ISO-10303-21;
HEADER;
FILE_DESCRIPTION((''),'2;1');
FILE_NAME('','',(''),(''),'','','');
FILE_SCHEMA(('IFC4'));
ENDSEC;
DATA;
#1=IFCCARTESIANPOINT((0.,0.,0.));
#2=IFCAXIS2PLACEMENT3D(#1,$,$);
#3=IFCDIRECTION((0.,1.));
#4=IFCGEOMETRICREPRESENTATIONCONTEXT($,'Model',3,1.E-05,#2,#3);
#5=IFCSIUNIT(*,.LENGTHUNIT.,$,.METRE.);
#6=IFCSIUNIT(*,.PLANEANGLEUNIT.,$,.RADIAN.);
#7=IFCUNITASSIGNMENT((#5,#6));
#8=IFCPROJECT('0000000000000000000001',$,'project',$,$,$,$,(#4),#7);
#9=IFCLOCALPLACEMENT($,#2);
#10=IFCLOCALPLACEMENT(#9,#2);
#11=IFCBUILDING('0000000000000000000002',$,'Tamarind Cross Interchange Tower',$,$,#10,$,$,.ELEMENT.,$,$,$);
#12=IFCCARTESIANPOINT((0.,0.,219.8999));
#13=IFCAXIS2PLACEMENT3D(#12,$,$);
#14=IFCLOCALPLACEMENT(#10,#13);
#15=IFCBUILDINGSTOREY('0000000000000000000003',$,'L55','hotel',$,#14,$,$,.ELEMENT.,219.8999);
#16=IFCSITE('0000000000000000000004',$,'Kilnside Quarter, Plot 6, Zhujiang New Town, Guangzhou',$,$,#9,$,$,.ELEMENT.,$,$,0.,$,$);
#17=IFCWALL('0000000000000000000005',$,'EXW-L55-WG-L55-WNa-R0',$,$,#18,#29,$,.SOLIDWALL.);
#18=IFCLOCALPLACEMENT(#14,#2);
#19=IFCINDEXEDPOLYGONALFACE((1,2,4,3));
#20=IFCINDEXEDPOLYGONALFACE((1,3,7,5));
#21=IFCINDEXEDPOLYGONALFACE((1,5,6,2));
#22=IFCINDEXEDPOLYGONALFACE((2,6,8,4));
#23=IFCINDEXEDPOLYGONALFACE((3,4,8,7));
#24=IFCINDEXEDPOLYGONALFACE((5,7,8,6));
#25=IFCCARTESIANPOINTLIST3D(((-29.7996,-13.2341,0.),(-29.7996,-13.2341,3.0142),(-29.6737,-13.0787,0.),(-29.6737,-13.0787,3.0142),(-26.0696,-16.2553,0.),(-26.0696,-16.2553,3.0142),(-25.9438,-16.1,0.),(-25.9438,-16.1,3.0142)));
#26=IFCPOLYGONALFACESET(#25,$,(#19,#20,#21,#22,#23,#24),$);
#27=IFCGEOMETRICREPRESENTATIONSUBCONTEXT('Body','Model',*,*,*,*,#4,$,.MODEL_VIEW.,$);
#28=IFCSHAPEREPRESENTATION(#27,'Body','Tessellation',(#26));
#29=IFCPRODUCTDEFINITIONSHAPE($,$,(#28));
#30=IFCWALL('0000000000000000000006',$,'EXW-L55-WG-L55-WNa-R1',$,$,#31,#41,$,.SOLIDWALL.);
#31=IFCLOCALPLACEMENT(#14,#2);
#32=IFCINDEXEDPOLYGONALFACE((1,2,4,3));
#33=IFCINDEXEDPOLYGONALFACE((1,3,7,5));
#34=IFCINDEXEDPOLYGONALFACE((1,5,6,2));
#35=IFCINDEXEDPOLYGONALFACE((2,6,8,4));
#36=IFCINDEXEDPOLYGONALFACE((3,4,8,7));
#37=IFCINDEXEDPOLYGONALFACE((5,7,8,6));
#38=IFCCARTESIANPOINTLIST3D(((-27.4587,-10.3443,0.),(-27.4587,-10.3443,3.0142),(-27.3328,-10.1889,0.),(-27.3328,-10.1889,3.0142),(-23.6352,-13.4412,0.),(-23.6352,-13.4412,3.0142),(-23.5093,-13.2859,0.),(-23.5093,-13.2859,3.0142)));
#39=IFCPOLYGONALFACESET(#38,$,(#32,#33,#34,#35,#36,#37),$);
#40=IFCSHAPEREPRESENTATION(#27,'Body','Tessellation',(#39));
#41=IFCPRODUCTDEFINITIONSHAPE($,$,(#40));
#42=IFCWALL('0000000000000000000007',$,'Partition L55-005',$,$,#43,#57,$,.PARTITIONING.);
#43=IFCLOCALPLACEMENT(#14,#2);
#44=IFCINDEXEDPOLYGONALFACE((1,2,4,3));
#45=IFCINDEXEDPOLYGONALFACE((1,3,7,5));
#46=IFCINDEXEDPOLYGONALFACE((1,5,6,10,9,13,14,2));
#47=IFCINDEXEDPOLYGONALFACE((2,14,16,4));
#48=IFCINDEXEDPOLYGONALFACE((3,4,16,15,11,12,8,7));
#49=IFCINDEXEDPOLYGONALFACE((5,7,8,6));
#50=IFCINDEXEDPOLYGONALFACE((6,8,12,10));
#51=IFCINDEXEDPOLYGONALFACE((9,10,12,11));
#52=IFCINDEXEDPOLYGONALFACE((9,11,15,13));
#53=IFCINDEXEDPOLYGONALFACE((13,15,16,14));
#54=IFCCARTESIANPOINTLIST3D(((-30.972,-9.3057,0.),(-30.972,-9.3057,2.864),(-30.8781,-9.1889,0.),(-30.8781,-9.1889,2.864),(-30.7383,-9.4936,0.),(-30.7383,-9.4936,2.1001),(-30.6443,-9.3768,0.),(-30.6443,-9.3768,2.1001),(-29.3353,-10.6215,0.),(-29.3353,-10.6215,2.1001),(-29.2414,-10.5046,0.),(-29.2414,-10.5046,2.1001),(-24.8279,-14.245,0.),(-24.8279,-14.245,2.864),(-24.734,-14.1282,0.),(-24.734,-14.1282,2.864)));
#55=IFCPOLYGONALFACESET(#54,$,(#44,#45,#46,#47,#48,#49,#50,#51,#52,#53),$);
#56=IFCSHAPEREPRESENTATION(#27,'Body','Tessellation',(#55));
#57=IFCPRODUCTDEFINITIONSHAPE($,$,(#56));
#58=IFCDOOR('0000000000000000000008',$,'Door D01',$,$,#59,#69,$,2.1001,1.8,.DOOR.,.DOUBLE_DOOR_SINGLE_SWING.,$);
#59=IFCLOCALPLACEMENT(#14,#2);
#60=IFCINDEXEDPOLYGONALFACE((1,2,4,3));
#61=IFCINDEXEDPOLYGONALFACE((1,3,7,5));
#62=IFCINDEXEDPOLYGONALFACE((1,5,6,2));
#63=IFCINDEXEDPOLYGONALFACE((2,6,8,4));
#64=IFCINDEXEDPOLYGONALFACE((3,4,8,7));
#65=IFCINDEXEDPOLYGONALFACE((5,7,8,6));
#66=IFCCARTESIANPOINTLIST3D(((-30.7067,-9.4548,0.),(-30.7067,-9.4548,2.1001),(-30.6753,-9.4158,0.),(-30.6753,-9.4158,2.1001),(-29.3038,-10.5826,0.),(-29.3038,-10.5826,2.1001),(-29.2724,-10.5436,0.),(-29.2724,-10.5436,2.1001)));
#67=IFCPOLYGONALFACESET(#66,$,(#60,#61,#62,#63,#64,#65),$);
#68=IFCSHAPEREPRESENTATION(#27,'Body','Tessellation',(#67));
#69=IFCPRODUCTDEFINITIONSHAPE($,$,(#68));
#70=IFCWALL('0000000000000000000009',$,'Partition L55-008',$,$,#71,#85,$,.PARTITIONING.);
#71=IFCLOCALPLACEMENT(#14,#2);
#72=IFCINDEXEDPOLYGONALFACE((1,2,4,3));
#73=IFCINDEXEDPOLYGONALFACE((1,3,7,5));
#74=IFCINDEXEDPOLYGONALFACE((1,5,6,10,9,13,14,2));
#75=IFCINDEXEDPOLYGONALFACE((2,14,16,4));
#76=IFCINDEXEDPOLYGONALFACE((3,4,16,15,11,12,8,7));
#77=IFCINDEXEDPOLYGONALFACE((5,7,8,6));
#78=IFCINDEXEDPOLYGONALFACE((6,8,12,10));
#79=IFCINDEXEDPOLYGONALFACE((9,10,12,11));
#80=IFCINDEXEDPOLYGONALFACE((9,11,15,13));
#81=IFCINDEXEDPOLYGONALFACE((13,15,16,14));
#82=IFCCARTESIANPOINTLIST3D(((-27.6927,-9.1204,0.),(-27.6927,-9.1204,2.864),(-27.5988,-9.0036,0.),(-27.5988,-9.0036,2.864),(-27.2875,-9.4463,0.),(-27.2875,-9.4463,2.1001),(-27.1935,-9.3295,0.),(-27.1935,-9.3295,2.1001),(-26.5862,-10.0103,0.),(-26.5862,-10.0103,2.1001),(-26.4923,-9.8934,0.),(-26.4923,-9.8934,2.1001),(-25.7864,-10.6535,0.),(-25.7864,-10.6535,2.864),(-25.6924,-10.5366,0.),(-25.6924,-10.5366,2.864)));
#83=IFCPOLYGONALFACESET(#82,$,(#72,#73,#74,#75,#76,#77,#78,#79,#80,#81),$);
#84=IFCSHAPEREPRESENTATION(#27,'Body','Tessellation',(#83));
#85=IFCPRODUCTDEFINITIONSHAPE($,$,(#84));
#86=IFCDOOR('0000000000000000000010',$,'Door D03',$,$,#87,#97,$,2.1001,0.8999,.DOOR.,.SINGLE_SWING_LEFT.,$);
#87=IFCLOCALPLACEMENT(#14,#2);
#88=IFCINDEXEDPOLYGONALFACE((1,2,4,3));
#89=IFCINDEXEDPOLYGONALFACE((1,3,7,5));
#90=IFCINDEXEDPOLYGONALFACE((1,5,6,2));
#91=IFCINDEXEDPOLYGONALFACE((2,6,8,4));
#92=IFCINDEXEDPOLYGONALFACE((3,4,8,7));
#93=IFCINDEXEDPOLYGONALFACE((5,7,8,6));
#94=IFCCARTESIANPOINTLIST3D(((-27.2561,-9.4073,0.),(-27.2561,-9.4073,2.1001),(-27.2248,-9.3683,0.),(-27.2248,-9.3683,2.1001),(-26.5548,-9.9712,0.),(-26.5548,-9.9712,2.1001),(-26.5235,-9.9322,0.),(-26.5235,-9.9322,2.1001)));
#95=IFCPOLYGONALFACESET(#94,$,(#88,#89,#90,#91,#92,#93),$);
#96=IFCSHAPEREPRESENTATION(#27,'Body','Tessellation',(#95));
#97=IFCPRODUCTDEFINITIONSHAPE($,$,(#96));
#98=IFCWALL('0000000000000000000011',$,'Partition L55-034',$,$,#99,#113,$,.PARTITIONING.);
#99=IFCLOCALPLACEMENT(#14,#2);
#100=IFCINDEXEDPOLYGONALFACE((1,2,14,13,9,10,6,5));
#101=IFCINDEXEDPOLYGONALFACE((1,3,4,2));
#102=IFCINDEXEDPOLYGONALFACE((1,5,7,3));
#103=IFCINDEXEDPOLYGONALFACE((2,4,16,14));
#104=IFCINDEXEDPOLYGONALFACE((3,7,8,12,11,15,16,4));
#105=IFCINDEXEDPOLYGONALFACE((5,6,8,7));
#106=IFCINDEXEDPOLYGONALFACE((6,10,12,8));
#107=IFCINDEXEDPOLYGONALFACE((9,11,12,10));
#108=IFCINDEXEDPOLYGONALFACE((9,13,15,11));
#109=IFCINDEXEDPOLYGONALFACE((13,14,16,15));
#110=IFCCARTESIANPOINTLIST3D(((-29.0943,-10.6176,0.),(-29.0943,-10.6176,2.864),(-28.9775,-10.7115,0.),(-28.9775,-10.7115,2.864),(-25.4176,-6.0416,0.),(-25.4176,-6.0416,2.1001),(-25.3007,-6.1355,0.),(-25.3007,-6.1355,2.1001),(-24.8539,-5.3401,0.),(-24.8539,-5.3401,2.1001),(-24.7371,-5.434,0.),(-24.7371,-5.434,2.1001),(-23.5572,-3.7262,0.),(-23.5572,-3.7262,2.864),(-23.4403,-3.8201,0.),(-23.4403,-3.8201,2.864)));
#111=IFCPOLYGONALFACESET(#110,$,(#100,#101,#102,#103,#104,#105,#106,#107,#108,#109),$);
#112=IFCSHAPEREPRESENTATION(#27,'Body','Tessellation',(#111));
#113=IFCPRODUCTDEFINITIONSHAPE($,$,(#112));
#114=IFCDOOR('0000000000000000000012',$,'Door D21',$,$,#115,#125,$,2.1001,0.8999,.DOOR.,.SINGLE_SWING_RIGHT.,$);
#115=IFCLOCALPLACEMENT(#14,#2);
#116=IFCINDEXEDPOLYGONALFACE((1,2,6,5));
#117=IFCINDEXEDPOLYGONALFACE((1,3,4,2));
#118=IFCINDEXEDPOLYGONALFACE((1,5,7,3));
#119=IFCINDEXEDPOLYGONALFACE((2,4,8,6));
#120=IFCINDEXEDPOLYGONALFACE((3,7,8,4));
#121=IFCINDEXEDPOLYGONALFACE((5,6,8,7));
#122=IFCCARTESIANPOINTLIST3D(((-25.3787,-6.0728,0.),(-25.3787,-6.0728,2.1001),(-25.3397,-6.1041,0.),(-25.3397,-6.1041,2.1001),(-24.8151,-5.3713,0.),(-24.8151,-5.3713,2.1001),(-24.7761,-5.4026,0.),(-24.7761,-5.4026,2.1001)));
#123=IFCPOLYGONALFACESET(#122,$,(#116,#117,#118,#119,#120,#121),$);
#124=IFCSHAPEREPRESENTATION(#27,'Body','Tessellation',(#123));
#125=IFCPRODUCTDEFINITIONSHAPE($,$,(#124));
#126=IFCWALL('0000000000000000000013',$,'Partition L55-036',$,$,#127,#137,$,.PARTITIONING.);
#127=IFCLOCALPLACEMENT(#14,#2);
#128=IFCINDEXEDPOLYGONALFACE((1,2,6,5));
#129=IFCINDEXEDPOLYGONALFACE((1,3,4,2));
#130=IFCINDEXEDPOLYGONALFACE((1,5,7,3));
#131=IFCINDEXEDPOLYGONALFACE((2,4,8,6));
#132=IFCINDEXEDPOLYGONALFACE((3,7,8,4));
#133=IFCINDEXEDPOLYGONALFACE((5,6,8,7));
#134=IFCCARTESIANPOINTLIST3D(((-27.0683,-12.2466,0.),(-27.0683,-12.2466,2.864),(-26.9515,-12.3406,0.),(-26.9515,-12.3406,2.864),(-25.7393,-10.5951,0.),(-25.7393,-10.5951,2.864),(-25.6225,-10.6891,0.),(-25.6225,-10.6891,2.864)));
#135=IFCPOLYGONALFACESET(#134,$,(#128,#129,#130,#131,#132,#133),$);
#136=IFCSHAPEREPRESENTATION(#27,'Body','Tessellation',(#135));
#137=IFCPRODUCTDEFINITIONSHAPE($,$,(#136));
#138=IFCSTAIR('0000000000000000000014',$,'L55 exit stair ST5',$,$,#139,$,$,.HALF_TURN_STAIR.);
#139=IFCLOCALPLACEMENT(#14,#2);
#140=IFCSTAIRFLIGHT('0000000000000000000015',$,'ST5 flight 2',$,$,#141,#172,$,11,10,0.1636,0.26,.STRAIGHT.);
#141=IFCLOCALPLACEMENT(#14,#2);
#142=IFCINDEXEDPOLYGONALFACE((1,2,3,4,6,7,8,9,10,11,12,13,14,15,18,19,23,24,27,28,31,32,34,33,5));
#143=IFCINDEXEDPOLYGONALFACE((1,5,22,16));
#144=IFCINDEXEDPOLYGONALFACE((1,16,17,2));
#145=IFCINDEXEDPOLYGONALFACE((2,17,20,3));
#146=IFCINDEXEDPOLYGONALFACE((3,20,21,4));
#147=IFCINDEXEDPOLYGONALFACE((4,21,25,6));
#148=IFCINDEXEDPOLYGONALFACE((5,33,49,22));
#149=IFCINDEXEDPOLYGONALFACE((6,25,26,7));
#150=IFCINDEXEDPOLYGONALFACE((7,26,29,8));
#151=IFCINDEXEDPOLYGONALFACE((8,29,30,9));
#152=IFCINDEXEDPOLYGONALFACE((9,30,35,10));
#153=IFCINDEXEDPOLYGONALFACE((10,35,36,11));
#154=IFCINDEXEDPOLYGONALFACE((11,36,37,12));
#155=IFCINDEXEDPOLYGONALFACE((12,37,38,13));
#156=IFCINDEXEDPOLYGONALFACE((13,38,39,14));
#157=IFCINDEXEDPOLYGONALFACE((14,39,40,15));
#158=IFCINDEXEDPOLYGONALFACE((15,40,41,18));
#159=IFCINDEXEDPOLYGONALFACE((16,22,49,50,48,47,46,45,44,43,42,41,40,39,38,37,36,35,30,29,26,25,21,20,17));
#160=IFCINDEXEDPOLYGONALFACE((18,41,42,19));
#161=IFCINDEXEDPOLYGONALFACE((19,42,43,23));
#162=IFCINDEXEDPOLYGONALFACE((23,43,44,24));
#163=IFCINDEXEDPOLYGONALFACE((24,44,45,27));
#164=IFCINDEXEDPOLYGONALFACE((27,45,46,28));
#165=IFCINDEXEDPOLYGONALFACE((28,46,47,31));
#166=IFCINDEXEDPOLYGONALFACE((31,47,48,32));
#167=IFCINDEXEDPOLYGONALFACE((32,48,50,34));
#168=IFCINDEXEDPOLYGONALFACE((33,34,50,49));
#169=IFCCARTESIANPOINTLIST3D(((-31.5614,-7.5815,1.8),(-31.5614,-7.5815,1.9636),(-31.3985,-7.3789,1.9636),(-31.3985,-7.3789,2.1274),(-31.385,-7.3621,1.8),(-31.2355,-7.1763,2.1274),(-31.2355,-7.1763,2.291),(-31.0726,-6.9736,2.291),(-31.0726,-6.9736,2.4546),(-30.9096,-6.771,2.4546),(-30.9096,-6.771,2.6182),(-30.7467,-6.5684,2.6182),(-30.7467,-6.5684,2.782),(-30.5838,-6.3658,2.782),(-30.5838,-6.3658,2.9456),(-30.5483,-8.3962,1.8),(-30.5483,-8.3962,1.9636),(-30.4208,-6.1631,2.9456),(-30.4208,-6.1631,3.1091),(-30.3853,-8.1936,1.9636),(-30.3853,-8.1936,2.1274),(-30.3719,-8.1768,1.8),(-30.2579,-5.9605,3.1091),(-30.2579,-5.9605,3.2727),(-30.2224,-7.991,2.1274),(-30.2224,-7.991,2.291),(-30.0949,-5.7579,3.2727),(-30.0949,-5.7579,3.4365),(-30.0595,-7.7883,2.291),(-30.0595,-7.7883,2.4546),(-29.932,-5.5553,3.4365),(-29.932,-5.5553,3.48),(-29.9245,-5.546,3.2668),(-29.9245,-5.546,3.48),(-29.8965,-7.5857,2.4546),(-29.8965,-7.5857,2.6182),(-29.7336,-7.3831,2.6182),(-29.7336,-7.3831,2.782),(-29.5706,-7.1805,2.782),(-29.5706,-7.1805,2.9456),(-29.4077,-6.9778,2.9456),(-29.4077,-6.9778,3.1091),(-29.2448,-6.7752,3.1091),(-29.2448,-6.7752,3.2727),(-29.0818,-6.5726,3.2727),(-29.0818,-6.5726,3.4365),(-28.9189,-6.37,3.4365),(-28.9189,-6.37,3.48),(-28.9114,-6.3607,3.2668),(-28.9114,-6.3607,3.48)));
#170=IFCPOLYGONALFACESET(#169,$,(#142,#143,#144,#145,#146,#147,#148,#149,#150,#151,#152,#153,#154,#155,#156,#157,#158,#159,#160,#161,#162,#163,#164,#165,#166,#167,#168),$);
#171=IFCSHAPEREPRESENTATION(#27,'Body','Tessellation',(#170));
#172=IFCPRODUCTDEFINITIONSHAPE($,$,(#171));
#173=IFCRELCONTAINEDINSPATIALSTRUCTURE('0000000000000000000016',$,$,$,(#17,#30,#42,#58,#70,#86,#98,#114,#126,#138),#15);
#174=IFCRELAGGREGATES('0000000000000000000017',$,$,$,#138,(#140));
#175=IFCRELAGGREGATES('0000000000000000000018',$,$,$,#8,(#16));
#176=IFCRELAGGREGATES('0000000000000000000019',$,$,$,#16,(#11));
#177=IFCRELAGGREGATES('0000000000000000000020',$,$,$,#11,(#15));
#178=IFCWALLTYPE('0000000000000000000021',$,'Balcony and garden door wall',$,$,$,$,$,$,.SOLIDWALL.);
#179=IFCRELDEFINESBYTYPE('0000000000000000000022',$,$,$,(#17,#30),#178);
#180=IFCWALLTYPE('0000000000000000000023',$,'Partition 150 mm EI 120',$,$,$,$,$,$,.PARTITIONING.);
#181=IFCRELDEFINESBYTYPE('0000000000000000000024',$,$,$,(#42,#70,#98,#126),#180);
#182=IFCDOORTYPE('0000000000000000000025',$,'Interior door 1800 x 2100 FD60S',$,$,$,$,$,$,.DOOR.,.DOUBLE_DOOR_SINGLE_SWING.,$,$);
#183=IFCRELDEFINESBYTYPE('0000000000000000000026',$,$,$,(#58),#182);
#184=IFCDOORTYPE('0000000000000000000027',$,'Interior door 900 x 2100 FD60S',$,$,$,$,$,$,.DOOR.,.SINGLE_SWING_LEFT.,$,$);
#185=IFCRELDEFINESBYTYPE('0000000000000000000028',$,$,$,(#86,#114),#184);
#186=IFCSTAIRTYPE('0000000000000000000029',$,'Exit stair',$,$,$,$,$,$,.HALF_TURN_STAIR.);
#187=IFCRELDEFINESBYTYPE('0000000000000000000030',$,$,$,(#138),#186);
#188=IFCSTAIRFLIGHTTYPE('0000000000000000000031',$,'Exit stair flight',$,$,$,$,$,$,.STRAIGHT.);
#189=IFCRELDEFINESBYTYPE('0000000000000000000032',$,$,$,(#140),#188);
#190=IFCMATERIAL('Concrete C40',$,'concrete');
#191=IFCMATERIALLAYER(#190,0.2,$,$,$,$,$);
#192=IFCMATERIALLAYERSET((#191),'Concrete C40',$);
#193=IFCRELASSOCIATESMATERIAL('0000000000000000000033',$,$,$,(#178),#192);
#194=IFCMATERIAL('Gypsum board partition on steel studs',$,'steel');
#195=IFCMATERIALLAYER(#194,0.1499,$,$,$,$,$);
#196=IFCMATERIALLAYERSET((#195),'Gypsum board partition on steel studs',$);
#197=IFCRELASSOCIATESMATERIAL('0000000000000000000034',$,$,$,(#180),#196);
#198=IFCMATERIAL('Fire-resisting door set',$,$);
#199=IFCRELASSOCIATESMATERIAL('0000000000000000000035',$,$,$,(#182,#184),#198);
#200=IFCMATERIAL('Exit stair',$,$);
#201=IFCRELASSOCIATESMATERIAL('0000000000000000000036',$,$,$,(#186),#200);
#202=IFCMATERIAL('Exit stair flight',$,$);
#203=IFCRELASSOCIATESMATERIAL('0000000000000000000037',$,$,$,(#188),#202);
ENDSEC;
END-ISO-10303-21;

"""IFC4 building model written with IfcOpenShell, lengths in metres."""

from ifc_helpers import new_model, si_unit, direction, frame, frame_2d, origin, place, context, subcontext, project, spatial, polyline, rectangle, outline, extrude, material, layer, layer_set, type_object, element, fill, aggregate, save


model = new_model("IFC4")

# Units and contexts
model_context = context("Model", 3, precision=1e-05, world=origin(), true_north=direction((0.0, 1.0)))
body_context = subcontext(model_context, "Body", "Model", "MODEL_VIEW")
ifc_project = project(units=[si_unit("LENGTHUNIT", "METRE"), si_unit("PLANEANGLEUNIT", "RADIAN")], contexts=[model_context])

# Site, building, storey
site_placement = place(None, origin())
site = spatial("IfcSite", under=ifc_project, at=site_placement, Name="Kilnside Quarter, Plot 6, Zhujiang New Town, Guangzhou", CompositionType="ELEMENT", RefElevation=0.0)
building_placement = place(site_placement, origin())
building = spatial("IfcBuilding", under=site, at=building_placement, Name="Tamarind Cross Interchange Tower", CompositionType="ELEMENT")
storey_placement = place(building_placement, frame((0.0, 0.0, 219.8999)))
storey = spatial("IfcBuildingStorey", under=building, at=storey_placement, Name="L55", Description="hotel", CompositionType="ELEMENT", Elevation=219.8999)

# Shared definitions
ifc_material_1 = material(Name="Concrete C40", Category="concrete")
ifc_layer_1 = layer(ifc_material_1, 0.2)
ifc_layer_set_1 = layer_set([ifc_layer_1], Name="Concrete C40")
wall_type_1 = type_object("IfcWallType", Name="Balcony and garden door wall", PredefinedType="SOLIDWALL", material=ifc_layer_set_1)

# Walls
wall_1_placement = place(storey_placement, frame((-29.7366, -13.1565, 0.0), z_axis=(0.0, 0.0, 1.0), x_axis=(0.777068, -0.629416, 0.0)))
element("IfcWall", 1, at=wall_1_placement, inside=storey, type_object=wall_type_1, Name="EXW-L55-WG-L55-WNa-R0", PredefinedType="SOLIDWALL", context=body_context, shape_type="SweptSolid", body=[
    extrude(rectangle(XDim=4.8, YDim=0.2, at=frame_2d((2.3999, 0.0))), origin(), (0.0, 0.0, 1.0), 3.0142),
])
wall_2_placement = place(storey_placement, frame((-27.3958, -10.2666, 0.0), z_axis=(0.0, 0.0, 1.0), x_axis=(0.777074, -0.629409, 0.0)))
element("IfcWall", 2, at=wall_2_placement, inside=storey, type_object=wall_type_1, Name="EXW-L55-WG-L55-WNa-R1", PredefinedType="SOLIDWALL", context=body_context, shape_type="SweptSolid", body=[
    extrude(rectangle(XDim=4.9204, YDim=0.2, at=frame_2d((2.4602, 0.0))), origin(), (0.0, 0.0, 1.0), 3.0142),
])

# Walls, openings, doors
ifc_material_2 = material(Name="Gypsum board partition on steel studs", Category="steel")
ifc_layer_2 = layer(ifc_material_2, 0.1499)
ifc_layer_set_2 = layer_set([ifc_layer_2], Name="Gypsum board partition on steel studs")
wall_type_2 = type_object("IfcWallType", Name="Partition 150 mm EI 120", PredefinedType="PARTITIONING", material=ifc_layer_set_2)
wall_3_placement = place(storey_placement, frame((-30.925, -9.2473, 0.0), z_axis=(0.0, 0.0, 1.0), x_axis=(0.779383, -0.626548, 0.0)))
wall_3 = element("IfcWall", 3, at=wall_3_placement, inside=storey, type_object=wall_type_2, Name="Partition L55-005", PredefinedType="PARTITIONING", context=body_context, shape_type="SweptSolid", body=[
    extrude(rectangle(XDim=7.8833, YDim=0.1499, at=frame_2d((3.9417, 0.0))), origin(), (0.0, 0.0, 1.0), 2.864),
])
opening_1_placement = place(wall_3_placement, frame((0.3, 0.0, 0.0)))
opening_1 = element("IfcOpeningElement", 4, at=opening_1_placement, cuts=wall_3, PredefinedType="OPENING", context=body_context, shape_type="SweptSolid", body=[
    extrude(rectangle(XDim=1.8, YDim=2.1001, at=frame_2d((0.8999, 1.05))), frame((0.0, 0.085, 0.0), z_axis=(0.0, -1.0, 0.0), x_axis=(1.0, 0.0, 0.0)), (0.0, 0.0, 1.0), 0.1699),
])
ifc_material_3 = material(Name="Fire-resisting door set")
door_type_1 = type_object("IfcDoorType", Name="Interior door 1800 x 2100 FD60S", OperationType="DOUBLE_DOOR_SINGLE_SWING", PredefinedType="DOOR", material=ifc_material_3)
door_1_placement = place(opening_1_placement, frame((1.8, 0.0, 0.0), z_axis=(0.0, 0.0, 1.0), x_axis=(-1.0, 0.0, 0.0)))
door_1 = element("IfcDoor", 5, at=door_1_placement, inside=storey, type_object=door_type_1, Name="Door D01", OperationType="DOUBLE_DOOR_SINGLE_SWING", OverallHeight=2.1001, OverallWidth=1.8, PredefinedType="DOOR", context=body_context, shape_type="SweptSolid", body=[
    extrude(rectangle(XDim=1.8, YDim=2.1001, at=frame_2d((0.8999, 1.05))), frame((0.0, 0.0249, 0.0), z_axis=(0.0, -1.0, 0.0), x_axis=(1.0, 0.0, 0.0)), (0.0, 0.0, 1.0), 0.05),
])
fill(opening_1, door_1)
wall_4_placement = place(storey_placement, frame((-27.6458, -9.062, 0.0), z_axis=(0.0, 0.0, 1.0), x_axis=(0.779279, -0.626677, 0.0)))
wall_4 = element("IfcWall", 6, at=wall_4_placement, inside=storey, type_object=wall_type_2, Name="Partition L55-008", PredefinedType="PARTITIONING", context=body_context, shape_type="SweptSolid", body=[
    extrude(rectangle(XDim=2.4463, YDim=0.1499, at=frame_2d((1.2231, 0.0))), origin(), (0.0, 0.0, 1.0), 2.864),
])
opening_2_placement = place(wall_4_placement, frame((0.52, 0.0, 0.0)))
opening_2 = element("IfcOpeningElement", 7, at=opening_2_placement, cuts=wall_4, PredefinedType="OPENING", context=body_context, shape_type="SweptSolid", body=[
    extrude(rectangle(XDim=0.8999, YDim=2.1001, at=frame_2d((0.45, 1.05))), frame((0.0, 0.085, 0.0), z_axis=(0.0, -1.0, 0.0), x_axis=(1.0, 0.0, 0.0)), (0.0, 0.0, 1.0), 0.1699),
])
door_type_2 = type_object("IfcDoorType", Name="Interior door 900 x 2100 FD60S", OperationType="SINGLE_SWING_LEFT", PredefinedType="DOOR", material=ifc_material_3)
door_2_placement = place(opening_2_placement, frame((0.8999, 0.0, 0.0), z_axis=(0.0, 0.0, 1.0), x_axis=(-1.0, 0.0, 0.0)))
door_2 = element("IfcDoor", 8, at=door_2_placement, inside=storey, type_object=door_type_2, Name="Door D03", OperationType="SINGLE_SWING_LEFT", OverallHeight=2.1001, OverallWidth=0.8999, PredefinedType="DOOR", context=body_context, shape_type="SweptSolid", body=[
    extrude(rectangle(XDim=0.8999, YDim=2.1001, at=frame_2d((0.45, 1.05))), frame((0.0, 0.0249, 0.0), z_axis=(0.0, -1.0, 0.0), x_axis=(1.0, 0.0, 0.0)), (0.0, 0.0, 1.0), 0.05),
])
fill(opening_2, door_2)
wall_5_placement = place(storey_placement, frame((-29.0359, -10.6646, 0.0), z_axis=(0.0, 0.0, 1.0), x_axis=(0.626351, 0.779541, 0.0)))
wall_5 = element("IfcWall", 9, at=wall_5_placement, inside=storey, type_object=wall_type_2, Name="Partition L55-034", PredefinedType="PARTITIONING", context=body_context, shape_type="SweptSolid", body=[
    extrude(rectangle(XDim=8.8403, YDim=0.1499, at=frame_2d((4.4202, 0.0))), origin(), (0.0, 0.0, 1.0), 2.864),
])
opening_3_placement = place(wall_5_placement, frame((5.8701, 0.0, 0.0)))
opening_3 = element("IfcOpeningElement", 10, at=opening_3_placement, cuts=wall_5, PredefinedType="OPENING", context=body_context, shape_type="SweptSolid", body=[
    extrude(rectangle(XDim=0.8999, YDim=2.1001, at=frame_2d((0.45, 1.05))), frame((0.0, 0.085, 0.0), z_axis=(0.0, -1.0, 0.0), x_axis=(1.0, 0.0, 0.0)), (0.0, 0.0, 1.0), 0.1699),
])
door_3_placement = place(opening_3_placement, frame((0.8999, 0.0, 0.0), z_axis=(0.0, 0.0, 1.0), x_axis=(-1.0, 0.0, 0.0)))
door_3 = element("IfcDoor", 11, at=door_3_placement, inside=storey, type_object=door_type_2, Name="Door D21", OperationType="SINGLE_SWING_RIGHT", OverallHeight=2.1001, OverallWidth=0.8999, PredefinedType="DOOR", context=body_context, shape_type="SweptSolid", body=[
    extrude(rectangle(XDim=0.8999, YDim=2.1001, at=frame_2d((0.45, 1.05))), frame((0.0, 0.0249, 0.0), z_axis=(0.0, -1.0, 0.0), x_axis=(1.0, 0.0, 0.0)), (0.0, 0.0, 1.0), 0.05),
])
fill(opening_3, door_3)

# Wall
wall_6_placement = place(storey_placement, frame((-27.01, -12.2937, 0.0), z_axis=(0.0, 0.0, 1.0), x_axis=(0.62694, 0.779068, 0.0)))
element("IfcWall", 12, at=wall_6_placement, inside=storey, type_object=wall_type_2, Name="Partition L55-036", PredefinedType="PARTITIONING", context=body_context, shape_type="SweptSolid", body=[
    extrude(rectangle(XDim=2.1199, YDim=0.1499, at=frame_2d((1.0601, 0.0))), origin(), (0.0, 0.0, 1.0), 2.864),
])

# Stair, stair flight
ifc_material_4 = material(Name="Exit stair")
stair_type = type_object("IfcStairType", Name="Exit stair", PredefinedType="HALF_TURN_STAIR", material=ifc_material_4)
stair_placement = place(storey_placement, origin())
stair = element("IfcStair", 13, at=stair_placement, inside=storey, type_object=stair_type, Name="L55 exit stair ST5", PredefinedType="HALF_TURN_STAIR")
ifc_material_5 = material(Name="Exit stair flight")
stair_flight_type = type_object("IfcStairFlightType", Name="Exit stair flight", PredefinedType="STRAIGHT", material=ifc_material_5)
stair_flight_placement = place(storey_placement, frame((-31.0549, -7.9888, 1.8), z_axis=(0.0, 0.0, 1.0), x_axis=(0.626669, 0.779285, 0.0)))
stair_flight = element("IfcStairFlight", 14, at=stair_flight_placement, type_object=stair_flight_type, Name="ST5 flight 2", NumberOfRisers=11, NumberOfTreads=10, PredefinedType="STRAIGHT", RiserHeight=0.1636, TreadLength=0.26, context=body_context, shape_type="SweptSolid", body=[
    extrude(outline(polyline([(0.0, 0.0), (0.0, 0.1636), (0.26, 0.1636), (0.26, 0.3274), (0.52, 0.3274), (0.52, 0.491), (0.78, 0.491), (0.78, 0.6545), (1.04, 0.6545), (1.04, 0.8181), (1.3, 0.8181), (1.3, 0.9819), (1.5601, 0.9819), (1.5601, 1.1455), (1.8201, 1.1455), (1.8201, 1.3091), (2.0801, 1.3091), (2.0801, 1.4727), (2.3401, 1.4727), (2.3401, 1.6365), (2.6001, 1.6365), (2.6001, 1.6799), (2.6121, 1.6799), (2.6121, 1.4668), (0.2815, 0.0), (0.0, 0.0)])), frame((0.0, 0.6499, 0.0), z_axis=(0.0, -1.0, 0.0), x_axis=(1.0, 0.0, 0.0)), (0.0, 0.0, 1.0), 1.3),
])
aggregate(stair, [stair_flight])

save(model, "model.ifc")
